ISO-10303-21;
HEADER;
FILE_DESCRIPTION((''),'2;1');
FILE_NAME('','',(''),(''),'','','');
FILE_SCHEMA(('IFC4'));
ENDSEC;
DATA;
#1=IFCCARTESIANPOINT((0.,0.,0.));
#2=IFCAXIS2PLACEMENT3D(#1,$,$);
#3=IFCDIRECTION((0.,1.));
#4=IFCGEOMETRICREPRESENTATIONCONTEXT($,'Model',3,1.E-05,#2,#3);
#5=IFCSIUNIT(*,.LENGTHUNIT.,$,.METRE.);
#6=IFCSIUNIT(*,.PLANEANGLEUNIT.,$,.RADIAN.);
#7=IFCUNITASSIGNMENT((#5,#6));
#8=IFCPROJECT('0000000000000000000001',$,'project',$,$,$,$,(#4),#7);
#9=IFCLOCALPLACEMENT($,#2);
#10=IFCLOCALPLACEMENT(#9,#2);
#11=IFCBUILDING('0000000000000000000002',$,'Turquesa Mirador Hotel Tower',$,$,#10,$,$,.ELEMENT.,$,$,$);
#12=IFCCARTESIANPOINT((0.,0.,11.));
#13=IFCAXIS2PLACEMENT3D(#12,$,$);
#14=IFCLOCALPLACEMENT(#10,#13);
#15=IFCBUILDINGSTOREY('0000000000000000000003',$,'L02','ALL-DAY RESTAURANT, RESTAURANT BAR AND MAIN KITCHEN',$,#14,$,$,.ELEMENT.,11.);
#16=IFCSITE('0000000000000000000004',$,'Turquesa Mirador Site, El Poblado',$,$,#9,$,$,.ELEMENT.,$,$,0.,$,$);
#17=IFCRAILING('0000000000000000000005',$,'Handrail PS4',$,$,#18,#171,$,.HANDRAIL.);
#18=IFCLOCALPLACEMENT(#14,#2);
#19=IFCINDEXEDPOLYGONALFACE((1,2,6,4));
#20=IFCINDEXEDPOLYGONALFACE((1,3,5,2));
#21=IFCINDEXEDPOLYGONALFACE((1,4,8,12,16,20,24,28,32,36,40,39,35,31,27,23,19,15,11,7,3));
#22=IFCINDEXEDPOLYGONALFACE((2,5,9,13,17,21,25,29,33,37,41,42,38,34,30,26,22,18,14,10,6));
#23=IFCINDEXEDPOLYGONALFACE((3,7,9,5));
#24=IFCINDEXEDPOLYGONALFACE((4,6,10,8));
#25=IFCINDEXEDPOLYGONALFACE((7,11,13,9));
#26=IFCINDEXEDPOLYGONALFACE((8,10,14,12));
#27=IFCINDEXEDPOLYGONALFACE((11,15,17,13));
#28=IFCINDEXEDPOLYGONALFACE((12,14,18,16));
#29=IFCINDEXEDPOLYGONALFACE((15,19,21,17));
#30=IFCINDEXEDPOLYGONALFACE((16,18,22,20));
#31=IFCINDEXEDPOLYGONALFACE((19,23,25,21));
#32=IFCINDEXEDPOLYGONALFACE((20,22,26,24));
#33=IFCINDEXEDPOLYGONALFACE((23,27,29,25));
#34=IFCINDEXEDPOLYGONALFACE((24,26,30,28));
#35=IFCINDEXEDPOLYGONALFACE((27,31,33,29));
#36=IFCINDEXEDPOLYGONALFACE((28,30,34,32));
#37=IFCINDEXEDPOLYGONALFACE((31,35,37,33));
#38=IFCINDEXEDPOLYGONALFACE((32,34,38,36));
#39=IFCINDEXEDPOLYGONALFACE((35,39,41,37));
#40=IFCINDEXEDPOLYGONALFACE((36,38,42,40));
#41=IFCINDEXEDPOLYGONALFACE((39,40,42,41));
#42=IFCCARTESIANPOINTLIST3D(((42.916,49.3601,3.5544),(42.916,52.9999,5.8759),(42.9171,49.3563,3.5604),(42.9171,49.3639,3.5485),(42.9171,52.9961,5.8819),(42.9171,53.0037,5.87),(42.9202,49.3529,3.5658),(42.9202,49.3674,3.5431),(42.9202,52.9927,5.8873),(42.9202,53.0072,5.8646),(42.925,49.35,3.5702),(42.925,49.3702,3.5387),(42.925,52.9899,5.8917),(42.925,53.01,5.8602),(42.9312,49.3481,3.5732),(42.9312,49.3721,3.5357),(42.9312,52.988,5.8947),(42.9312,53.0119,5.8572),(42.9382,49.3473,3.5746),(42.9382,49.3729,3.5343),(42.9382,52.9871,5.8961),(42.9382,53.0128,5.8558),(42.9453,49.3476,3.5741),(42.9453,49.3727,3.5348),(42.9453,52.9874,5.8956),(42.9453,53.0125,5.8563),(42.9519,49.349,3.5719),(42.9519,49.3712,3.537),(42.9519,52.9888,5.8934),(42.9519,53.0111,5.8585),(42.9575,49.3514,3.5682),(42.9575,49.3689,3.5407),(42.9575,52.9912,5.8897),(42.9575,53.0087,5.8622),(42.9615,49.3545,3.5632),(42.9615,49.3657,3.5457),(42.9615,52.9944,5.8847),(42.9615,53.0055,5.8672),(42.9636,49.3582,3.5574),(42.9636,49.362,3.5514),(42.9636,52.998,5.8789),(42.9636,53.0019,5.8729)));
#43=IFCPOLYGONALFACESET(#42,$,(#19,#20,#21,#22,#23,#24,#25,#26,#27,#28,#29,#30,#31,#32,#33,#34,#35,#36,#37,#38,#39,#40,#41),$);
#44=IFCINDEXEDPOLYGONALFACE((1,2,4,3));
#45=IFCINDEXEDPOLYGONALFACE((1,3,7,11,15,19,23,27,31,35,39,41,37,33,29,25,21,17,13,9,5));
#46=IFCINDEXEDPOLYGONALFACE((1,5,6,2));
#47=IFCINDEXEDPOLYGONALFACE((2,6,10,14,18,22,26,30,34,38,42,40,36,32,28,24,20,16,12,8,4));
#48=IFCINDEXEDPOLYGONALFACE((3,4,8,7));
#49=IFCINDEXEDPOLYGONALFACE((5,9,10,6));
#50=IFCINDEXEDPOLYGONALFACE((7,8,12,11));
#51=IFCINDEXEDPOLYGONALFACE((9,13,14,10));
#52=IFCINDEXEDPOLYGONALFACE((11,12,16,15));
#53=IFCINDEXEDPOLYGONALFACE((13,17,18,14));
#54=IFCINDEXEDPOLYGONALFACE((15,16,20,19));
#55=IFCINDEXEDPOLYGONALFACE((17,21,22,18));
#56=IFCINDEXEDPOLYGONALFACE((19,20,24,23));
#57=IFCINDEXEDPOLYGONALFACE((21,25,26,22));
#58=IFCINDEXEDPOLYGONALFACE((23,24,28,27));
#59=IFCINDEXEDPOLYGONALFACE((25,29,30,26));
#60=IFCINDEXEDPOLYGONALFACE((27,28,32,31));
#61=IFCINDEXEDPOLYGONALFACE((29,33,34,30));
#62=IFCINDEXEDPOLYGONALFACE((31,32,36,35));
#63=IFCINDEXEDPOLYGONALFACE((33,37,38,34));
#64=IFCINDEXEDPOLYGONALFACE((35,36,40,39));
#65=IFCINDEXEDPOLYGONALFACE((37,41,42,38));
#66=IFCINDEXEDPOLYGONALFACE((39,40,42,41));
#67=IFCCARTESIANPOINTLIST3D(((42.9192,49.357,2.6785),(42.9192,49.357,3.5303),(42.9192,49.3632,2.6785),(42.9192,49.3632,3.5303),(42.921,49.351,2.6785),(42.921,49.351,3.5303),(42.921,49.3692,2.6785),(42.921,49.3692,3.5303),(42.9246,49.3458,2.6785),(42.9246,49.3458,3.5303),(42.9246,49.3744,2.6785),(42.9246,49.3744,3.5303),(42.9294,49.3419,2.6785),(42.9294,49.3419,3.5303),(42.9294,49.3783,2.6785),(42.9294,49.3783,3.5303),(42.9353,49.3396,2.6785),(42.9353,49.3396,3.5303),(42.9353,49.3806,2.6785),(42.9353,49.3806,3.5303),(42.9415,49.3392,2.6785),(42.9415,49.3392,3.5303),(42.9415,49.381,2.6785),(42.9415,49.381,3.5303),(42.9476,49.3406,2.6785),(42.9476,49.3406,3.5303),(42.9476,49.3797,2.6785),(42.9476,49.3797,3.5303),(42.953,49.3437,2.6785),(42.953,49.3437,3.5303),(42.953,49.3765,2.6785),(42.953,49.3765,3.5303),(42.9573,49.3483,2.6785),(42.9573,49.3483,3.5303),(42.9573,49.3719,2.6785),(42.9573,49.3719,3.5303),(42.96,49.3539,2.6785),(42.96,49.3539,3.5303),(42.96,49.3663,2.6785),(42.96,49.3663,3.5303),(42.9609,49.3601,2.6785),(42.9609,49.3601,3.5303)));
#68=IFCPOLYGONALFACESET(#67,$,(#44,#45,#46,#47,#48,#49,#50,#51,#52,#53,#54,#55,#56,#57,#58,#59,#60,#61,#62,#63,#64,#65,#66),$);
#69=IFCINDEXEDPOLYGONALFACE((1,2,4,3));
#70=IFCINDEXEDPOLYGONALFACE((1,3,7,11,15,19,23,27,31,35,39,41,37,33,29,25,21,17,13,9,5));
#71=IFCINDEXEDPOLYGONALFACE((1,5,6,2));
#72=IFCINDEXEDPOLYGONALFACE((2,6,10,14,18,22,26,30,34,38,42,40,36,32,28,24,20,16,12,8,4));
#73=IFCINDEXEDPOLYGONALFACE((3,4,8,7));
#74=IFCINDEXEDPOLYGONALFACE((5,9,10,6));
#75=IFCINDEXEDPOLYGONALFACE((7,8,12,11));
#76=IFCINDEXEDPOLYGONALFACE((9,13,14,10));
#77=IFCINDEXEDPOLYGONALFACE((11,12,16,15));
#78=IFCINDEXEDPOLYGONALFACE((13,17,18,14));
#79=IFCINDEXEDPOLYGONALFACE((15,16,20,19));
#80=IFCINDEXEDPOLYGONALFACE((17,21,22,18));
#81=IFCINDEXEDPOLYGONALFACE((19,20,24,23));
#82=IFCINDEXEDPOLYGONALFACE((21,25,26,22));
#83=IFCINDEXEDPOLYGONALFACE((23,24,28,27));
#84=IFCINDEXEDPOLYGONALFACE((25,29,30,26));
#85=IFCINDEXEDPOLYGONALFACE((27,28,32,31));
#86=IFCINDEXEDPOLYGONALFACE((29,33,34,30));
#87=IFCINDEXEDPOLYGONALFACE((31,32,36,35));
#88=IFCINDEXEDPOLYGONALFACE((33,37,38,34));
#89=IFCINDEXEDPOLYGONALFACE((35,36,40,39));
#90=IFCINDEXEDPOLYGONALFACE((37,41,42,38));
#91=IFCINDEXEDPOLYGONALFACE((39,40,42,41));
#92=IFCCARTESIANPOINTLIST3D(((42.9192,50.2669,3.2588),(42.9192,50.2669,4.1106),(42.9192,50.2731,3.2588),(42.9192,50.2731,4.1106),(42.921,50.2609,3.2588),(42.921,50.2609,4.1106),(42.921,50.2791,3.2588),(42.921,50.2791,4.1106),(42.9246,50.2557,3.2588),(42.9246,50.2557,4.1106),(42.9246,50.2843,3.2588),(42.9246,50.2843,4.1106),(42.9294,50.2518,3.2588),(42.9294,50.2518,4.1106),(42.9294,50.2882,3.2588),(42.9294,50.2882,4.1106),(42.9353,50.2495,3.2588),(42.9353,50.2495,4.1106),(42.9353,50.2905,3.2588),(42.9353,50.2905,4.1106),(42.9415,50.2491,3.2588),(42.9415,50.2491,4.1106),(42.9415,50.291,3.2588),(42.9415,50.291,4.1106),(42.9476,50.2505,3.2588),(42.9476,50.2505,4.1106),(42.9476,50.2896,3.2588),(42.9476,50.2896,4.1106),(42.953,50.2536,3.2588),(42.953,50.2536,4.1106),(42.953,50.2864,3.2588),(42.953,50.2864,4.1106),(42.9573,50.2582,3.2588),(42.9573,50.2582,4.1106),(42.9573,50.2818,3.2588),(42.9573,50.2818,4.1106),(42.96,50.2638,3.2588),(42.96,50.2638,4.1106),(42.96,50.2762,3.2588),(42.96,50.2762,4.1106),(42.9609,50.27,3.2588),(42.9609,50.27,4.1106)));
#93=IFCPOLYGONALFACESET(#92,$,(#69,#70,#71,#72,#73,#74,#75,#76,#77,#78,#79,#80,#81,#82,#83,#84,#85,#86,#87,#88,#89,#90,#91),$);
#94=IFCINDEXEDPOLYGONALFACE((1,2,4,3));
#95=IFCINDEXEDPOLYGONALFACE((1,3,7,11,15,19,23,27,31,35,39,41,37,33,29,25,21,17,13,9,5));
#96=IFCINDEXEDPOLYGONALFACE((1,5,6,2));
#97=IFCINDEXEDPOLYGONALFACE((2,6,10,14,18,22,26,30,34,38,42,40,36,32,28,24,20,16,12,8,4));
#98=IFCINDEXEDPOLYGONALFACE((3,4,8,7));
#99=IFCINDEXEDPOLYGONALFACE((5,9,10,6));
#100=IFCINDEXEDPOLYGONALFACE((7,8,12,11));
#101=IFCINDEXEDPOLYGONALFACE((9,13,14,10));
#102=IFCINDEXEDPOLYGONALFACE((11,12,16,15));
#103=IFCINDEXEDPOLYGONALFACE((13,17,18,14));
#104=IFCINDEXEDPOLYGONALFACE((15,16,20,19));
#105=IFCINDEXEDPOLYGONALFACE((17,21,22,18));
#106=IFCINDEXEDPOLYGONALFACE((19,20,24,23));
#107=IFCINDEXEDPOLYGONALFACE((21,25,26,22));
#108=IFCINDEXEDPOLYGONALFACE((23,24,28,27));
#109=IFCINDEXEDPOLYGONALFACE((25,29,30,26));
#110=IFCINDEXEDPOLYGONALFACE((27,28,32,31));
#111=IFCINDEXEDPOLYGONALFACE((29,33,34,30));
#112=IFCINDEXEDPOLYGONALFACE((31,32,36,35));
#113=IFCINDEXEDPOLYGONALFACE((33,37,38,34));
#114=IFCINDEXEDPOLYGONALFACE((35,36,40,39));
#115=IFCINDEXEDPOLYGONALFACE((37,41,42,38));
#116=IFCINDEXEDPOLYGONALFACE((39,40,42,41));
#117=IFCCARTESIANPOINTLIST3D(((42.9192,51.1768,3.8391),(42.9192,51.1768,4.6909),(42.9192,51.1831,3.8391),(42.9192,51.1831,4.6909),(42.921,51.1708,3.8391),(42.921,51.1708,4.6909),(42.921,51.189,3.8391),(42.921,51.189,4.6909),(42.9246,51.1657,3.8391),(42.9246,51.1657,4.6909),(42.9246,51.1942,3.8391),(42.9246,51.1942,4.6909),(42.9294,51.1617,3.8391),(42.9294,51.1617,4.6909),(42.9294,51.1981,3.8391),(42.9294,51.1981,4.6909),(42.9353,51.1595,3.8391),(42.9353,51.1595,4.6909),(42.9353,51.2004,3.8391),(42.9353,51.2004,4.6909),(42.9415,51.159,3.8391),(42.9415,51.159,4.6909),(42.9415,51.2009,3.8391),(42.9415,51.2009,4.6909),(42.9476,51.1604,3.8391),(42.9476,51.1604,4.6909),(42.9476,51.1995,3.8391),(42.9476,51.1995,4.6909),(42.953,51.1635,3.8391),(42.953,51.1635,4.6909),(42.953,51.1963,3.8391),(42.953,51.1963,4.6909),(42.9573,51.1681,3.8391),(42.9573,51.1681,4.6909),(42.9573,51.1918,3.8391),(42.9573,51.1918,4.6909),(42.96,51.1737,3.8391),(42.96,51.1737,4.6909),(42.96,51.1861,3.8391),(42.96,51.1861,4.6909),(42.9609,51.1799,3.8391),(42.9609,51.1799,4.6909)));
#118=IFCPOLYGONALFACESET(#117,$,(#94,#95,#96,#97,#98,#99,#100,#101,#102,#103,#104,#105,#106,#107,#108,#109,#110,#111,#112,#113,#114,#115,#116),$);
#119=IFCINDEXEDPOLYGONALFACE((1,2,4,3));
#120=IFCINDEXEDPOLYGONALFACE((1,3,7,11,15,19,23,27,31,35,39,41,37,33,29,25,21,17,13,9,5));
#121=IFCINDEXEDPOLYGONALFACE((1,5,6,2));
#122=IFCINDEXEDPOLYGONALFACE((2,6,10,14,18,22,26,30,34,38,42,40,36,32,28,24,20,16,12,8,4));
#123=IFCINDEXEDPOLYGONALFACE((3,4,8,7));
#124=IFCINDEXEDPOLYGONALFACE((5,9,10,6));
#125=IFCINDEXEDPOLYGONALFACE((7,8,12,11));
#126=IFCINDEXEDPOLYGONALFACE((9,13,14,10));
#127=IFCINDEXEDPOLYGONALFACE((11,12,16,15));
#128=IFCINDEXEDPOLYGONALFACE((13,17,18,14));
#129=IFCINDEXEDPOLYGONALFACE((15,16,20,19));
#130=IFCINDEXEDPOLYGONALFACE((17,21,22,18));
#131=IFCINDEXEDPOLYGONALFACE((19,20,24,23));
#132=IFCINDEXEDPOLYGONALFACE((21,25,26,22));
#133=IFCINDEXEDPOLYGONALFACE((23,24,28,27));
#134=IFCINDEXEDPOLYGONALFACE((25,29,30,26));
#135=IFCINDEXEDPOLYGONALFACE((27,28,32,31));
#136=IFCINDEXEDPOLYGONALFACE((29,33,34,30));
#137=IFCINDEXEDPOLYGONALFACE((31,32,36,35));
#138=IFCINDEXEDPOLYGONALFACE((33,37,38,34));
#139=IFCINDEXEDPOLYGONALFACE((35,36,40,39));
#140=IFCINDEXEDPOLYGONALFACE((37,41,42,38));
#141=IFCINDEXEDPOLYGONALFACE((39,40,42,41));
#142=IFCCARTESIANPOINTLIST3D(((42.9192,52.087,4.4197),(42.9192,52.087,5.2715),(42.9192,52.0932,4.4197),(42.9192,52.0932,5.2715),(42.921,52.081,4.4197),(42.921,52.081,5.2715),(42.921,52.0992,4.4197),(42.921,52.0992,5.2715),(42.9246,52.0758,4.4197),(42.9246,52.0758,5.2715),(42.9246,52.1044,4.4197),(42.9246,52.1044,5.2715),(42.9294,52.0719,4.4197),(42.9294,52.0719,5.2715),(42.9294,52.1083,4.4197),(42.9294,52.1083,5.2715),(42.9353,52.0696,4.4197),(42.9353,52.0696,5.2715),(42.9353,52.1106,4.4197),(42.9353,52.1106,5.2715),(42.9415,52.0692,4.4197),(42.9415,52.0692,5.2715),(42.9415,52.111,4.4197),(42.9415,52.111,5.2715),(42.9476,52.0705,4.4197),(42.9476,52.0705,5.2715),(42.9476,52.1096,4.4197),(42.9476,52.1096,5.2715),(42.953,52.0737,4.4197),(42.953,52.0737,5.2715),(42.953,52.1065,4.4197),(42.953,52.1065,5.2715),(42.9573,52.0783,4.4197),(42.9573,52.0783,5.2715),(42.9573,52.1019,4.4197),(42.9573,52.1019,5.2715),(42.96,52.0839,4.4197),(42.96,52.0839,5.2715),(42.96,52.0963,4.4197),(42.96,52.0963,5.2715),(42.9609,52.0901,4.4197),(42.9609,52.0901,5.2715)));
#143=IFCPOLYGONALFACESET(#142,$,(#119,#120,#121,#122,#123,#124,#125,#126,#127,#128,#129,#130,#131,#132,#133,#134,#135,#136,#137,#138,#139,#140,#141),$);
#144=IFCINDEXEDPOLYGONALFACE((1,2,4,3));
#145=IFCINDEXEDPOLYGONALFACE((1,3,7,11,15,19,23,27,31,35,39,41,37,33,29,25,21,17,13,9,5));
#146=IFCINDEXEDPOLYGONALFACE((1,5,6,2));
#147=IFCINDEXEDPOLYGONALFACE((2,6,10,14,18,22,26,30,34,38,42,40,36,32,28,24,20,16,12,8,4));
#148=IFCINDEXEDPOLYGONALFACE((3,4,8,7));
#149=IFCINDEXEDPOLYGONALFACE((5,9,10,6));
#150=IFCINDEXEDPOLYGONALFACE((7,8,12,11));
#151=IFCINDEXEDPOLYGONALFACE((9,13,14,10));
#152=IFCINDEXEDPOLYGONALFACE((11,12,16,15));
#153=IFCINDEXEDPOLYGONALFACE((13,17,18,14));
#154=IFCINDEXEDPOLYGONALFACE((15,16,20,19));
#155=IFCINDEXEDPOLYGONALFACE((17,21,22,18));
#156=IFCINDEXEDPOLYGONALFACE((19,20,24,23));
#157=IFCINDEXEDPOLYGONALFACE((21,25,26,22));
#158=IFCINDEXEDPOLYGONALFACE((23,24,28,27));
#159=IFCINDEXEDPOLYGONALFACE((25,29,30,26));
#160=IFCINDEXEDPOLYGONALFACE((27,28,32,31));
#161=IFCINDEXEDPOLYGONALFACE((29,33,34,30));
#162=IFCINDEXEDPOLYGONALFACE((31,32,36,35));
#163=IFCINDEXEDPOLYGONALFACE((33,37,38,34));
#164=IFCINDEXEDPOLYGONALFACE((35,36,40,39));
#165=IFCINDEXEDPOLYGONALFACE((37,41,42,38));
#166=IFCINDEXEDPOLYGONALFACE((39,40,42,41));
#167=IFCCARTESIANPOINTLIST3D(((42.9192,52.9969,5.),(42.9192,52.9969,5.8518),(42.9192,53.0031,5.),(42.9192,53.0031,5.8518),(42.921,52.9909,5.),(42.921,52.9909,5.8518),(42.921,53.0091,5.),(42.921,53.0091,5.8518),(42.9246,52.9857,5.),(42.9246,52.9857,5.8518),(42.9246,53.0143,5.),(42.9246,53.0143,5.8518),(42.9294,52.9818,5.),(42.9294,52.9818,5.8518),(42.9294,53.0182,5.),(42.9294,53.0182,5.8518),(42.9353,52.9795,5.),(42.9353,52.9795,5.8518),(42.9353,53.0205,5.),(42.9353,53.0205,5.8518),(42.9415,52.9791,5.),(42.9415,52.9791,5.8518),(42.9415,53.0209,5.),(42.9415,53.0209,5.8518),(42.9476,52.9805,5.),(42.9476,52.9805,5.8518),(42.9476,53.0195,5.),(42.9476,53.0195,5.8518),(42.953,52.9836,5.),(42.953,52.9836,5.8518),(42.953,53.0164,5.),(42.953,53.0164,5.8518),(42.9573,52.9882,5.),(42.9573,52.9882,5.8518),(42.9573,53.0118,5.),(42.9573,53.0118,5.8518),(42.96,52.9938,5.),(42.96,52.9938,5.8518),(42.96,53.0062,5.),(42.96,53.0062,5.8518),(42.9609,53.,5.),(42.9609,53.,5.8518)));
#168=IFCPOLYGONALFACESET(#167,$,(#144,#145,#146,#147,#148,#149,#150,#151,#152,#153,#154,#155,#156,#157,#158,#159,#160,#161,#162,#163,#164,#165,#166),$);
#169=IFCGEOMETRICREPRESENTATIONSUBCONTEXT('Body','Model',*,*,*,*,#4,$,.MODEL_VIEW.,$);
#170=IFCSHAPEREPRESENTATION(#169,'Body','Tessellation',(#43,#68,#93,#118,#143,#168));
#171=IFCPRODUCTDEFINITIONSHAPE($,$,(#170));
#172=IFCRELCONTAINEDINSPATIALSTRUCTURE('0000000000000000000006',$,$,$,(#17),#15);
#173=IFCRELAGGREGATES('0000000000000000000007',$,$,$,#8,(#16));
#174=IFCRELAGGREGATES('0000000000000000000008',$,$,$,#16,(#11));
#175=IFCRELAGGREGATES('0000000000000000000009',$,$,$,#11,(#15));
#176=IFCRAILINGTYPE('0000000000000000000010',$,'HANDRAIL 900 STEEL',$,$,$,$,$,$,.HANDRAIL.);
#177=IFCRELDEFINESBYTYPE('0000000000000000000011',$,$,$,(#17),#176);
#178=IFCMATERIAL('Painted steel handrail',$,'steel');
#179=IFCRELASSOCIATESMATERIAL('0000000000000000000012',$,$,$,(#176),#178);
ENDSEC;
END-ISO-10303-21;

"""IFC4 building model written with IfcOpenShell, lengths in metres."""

from ifc_helpers import new_model, si_unit, direction, frame, origin, origin_2d, place, context, subcontext, project, spatial, circle, extrude, material, type_object, element, save


model = new_model("IFC4")

# Units and contexts
model_context = context("Model", 3, precision=1e-05, world=origin(), true_north=direction((0.0, 1.0)))
body_context = subcontext(model_context, "Body", "Model", "MODEL_VIEW")
ifc_project = project(units=[si_unit("LENGTHUNIT", "METRE"), si_unit("PLANEANGLEUNIT", "RADIAN")], contexts=[model_context])

# Site, building, storey
site_placement = place(None, origin())
site = spatial("IfcSite", under=ifc_project, at=site_placement, Name="Turquesa Mirador Site, El Poblado", CompositionType="ELEMENT", RefElevation=0.0)
building_placement = place(site_placement, origin())
building = spatial("IfcBuilding", under=site, at=building_placement, Name="Turquesa Mirador Hotel Tower", CompositionType="ELEMENT")
storey_placement = place(building_placement, frame((0.0, 0.0, 11.0)))
storey = spatial("IfcBuildingStorey", under=building, at=storey_placement, Name="L02", Description="ALL-DAY RESTAURANT, RESTAURANT BAR AND MAIN KITCHEN", CompositionType="ELEMENT", Elevation=11.0)

# Railing
ifc_material_1 = material(Name="Painted steel handrail", Category="steel")
railing_type = type_object("IfcRailingType", Name="HANDRAIL 900 STEEL", PredefinedType="HANDRAIL", material=ifc_material_1)
railing_1_placement = place(storey_placement, frame((42.9399, 49.3601, 2.6785)))
element("IfcRailing", 1, at=railing_1_placement, inside=storey, type_object=railing_type, Name="Handrail PS4", PredefinedType="HANDRAIL", context=body_context, shape_type="SweptSolid", body=[
    extrude(circle(Radius=0.0239, at=origin_2d()), frame((0.0, 0.0, 0.876), z_axis=(0.0, 0.843112, 0.537739), x_axis=(-1.0, 0.0, 0.0)), (0.0, 0.0, 1.0), 4.3171),
    extrude(circle(Radius=0.021, at=origin_2d()), origin(), (0.0, 0.0, 1.0), 0.8518),
    extrude(circle(Radius=0.021, at=origin_2d()), frame((0.0, 0.9099, 0.5803)), (0.0, 0.0, 1.0), 0.8518),
    extrude(circle(Radius=0.021, at=origin_2d()), frame((0.0, 1.8198, 1.1606)), (0.0, 0.0, 1.0), 0.8518),
    extrude(circle(Radius=0.021, at=origin_2d()), frame((0.0, 2.73, 1.7412)), (0.0, 0.0, 1.0), 0.8518),
    extrude(circle(Radius=0.021, at=origin_2d()), frame((0.0, 3.6399, 2.3215)), (0.0, 0.0, 1.0), 0.8518),
])

save(model, "model.ifc")
